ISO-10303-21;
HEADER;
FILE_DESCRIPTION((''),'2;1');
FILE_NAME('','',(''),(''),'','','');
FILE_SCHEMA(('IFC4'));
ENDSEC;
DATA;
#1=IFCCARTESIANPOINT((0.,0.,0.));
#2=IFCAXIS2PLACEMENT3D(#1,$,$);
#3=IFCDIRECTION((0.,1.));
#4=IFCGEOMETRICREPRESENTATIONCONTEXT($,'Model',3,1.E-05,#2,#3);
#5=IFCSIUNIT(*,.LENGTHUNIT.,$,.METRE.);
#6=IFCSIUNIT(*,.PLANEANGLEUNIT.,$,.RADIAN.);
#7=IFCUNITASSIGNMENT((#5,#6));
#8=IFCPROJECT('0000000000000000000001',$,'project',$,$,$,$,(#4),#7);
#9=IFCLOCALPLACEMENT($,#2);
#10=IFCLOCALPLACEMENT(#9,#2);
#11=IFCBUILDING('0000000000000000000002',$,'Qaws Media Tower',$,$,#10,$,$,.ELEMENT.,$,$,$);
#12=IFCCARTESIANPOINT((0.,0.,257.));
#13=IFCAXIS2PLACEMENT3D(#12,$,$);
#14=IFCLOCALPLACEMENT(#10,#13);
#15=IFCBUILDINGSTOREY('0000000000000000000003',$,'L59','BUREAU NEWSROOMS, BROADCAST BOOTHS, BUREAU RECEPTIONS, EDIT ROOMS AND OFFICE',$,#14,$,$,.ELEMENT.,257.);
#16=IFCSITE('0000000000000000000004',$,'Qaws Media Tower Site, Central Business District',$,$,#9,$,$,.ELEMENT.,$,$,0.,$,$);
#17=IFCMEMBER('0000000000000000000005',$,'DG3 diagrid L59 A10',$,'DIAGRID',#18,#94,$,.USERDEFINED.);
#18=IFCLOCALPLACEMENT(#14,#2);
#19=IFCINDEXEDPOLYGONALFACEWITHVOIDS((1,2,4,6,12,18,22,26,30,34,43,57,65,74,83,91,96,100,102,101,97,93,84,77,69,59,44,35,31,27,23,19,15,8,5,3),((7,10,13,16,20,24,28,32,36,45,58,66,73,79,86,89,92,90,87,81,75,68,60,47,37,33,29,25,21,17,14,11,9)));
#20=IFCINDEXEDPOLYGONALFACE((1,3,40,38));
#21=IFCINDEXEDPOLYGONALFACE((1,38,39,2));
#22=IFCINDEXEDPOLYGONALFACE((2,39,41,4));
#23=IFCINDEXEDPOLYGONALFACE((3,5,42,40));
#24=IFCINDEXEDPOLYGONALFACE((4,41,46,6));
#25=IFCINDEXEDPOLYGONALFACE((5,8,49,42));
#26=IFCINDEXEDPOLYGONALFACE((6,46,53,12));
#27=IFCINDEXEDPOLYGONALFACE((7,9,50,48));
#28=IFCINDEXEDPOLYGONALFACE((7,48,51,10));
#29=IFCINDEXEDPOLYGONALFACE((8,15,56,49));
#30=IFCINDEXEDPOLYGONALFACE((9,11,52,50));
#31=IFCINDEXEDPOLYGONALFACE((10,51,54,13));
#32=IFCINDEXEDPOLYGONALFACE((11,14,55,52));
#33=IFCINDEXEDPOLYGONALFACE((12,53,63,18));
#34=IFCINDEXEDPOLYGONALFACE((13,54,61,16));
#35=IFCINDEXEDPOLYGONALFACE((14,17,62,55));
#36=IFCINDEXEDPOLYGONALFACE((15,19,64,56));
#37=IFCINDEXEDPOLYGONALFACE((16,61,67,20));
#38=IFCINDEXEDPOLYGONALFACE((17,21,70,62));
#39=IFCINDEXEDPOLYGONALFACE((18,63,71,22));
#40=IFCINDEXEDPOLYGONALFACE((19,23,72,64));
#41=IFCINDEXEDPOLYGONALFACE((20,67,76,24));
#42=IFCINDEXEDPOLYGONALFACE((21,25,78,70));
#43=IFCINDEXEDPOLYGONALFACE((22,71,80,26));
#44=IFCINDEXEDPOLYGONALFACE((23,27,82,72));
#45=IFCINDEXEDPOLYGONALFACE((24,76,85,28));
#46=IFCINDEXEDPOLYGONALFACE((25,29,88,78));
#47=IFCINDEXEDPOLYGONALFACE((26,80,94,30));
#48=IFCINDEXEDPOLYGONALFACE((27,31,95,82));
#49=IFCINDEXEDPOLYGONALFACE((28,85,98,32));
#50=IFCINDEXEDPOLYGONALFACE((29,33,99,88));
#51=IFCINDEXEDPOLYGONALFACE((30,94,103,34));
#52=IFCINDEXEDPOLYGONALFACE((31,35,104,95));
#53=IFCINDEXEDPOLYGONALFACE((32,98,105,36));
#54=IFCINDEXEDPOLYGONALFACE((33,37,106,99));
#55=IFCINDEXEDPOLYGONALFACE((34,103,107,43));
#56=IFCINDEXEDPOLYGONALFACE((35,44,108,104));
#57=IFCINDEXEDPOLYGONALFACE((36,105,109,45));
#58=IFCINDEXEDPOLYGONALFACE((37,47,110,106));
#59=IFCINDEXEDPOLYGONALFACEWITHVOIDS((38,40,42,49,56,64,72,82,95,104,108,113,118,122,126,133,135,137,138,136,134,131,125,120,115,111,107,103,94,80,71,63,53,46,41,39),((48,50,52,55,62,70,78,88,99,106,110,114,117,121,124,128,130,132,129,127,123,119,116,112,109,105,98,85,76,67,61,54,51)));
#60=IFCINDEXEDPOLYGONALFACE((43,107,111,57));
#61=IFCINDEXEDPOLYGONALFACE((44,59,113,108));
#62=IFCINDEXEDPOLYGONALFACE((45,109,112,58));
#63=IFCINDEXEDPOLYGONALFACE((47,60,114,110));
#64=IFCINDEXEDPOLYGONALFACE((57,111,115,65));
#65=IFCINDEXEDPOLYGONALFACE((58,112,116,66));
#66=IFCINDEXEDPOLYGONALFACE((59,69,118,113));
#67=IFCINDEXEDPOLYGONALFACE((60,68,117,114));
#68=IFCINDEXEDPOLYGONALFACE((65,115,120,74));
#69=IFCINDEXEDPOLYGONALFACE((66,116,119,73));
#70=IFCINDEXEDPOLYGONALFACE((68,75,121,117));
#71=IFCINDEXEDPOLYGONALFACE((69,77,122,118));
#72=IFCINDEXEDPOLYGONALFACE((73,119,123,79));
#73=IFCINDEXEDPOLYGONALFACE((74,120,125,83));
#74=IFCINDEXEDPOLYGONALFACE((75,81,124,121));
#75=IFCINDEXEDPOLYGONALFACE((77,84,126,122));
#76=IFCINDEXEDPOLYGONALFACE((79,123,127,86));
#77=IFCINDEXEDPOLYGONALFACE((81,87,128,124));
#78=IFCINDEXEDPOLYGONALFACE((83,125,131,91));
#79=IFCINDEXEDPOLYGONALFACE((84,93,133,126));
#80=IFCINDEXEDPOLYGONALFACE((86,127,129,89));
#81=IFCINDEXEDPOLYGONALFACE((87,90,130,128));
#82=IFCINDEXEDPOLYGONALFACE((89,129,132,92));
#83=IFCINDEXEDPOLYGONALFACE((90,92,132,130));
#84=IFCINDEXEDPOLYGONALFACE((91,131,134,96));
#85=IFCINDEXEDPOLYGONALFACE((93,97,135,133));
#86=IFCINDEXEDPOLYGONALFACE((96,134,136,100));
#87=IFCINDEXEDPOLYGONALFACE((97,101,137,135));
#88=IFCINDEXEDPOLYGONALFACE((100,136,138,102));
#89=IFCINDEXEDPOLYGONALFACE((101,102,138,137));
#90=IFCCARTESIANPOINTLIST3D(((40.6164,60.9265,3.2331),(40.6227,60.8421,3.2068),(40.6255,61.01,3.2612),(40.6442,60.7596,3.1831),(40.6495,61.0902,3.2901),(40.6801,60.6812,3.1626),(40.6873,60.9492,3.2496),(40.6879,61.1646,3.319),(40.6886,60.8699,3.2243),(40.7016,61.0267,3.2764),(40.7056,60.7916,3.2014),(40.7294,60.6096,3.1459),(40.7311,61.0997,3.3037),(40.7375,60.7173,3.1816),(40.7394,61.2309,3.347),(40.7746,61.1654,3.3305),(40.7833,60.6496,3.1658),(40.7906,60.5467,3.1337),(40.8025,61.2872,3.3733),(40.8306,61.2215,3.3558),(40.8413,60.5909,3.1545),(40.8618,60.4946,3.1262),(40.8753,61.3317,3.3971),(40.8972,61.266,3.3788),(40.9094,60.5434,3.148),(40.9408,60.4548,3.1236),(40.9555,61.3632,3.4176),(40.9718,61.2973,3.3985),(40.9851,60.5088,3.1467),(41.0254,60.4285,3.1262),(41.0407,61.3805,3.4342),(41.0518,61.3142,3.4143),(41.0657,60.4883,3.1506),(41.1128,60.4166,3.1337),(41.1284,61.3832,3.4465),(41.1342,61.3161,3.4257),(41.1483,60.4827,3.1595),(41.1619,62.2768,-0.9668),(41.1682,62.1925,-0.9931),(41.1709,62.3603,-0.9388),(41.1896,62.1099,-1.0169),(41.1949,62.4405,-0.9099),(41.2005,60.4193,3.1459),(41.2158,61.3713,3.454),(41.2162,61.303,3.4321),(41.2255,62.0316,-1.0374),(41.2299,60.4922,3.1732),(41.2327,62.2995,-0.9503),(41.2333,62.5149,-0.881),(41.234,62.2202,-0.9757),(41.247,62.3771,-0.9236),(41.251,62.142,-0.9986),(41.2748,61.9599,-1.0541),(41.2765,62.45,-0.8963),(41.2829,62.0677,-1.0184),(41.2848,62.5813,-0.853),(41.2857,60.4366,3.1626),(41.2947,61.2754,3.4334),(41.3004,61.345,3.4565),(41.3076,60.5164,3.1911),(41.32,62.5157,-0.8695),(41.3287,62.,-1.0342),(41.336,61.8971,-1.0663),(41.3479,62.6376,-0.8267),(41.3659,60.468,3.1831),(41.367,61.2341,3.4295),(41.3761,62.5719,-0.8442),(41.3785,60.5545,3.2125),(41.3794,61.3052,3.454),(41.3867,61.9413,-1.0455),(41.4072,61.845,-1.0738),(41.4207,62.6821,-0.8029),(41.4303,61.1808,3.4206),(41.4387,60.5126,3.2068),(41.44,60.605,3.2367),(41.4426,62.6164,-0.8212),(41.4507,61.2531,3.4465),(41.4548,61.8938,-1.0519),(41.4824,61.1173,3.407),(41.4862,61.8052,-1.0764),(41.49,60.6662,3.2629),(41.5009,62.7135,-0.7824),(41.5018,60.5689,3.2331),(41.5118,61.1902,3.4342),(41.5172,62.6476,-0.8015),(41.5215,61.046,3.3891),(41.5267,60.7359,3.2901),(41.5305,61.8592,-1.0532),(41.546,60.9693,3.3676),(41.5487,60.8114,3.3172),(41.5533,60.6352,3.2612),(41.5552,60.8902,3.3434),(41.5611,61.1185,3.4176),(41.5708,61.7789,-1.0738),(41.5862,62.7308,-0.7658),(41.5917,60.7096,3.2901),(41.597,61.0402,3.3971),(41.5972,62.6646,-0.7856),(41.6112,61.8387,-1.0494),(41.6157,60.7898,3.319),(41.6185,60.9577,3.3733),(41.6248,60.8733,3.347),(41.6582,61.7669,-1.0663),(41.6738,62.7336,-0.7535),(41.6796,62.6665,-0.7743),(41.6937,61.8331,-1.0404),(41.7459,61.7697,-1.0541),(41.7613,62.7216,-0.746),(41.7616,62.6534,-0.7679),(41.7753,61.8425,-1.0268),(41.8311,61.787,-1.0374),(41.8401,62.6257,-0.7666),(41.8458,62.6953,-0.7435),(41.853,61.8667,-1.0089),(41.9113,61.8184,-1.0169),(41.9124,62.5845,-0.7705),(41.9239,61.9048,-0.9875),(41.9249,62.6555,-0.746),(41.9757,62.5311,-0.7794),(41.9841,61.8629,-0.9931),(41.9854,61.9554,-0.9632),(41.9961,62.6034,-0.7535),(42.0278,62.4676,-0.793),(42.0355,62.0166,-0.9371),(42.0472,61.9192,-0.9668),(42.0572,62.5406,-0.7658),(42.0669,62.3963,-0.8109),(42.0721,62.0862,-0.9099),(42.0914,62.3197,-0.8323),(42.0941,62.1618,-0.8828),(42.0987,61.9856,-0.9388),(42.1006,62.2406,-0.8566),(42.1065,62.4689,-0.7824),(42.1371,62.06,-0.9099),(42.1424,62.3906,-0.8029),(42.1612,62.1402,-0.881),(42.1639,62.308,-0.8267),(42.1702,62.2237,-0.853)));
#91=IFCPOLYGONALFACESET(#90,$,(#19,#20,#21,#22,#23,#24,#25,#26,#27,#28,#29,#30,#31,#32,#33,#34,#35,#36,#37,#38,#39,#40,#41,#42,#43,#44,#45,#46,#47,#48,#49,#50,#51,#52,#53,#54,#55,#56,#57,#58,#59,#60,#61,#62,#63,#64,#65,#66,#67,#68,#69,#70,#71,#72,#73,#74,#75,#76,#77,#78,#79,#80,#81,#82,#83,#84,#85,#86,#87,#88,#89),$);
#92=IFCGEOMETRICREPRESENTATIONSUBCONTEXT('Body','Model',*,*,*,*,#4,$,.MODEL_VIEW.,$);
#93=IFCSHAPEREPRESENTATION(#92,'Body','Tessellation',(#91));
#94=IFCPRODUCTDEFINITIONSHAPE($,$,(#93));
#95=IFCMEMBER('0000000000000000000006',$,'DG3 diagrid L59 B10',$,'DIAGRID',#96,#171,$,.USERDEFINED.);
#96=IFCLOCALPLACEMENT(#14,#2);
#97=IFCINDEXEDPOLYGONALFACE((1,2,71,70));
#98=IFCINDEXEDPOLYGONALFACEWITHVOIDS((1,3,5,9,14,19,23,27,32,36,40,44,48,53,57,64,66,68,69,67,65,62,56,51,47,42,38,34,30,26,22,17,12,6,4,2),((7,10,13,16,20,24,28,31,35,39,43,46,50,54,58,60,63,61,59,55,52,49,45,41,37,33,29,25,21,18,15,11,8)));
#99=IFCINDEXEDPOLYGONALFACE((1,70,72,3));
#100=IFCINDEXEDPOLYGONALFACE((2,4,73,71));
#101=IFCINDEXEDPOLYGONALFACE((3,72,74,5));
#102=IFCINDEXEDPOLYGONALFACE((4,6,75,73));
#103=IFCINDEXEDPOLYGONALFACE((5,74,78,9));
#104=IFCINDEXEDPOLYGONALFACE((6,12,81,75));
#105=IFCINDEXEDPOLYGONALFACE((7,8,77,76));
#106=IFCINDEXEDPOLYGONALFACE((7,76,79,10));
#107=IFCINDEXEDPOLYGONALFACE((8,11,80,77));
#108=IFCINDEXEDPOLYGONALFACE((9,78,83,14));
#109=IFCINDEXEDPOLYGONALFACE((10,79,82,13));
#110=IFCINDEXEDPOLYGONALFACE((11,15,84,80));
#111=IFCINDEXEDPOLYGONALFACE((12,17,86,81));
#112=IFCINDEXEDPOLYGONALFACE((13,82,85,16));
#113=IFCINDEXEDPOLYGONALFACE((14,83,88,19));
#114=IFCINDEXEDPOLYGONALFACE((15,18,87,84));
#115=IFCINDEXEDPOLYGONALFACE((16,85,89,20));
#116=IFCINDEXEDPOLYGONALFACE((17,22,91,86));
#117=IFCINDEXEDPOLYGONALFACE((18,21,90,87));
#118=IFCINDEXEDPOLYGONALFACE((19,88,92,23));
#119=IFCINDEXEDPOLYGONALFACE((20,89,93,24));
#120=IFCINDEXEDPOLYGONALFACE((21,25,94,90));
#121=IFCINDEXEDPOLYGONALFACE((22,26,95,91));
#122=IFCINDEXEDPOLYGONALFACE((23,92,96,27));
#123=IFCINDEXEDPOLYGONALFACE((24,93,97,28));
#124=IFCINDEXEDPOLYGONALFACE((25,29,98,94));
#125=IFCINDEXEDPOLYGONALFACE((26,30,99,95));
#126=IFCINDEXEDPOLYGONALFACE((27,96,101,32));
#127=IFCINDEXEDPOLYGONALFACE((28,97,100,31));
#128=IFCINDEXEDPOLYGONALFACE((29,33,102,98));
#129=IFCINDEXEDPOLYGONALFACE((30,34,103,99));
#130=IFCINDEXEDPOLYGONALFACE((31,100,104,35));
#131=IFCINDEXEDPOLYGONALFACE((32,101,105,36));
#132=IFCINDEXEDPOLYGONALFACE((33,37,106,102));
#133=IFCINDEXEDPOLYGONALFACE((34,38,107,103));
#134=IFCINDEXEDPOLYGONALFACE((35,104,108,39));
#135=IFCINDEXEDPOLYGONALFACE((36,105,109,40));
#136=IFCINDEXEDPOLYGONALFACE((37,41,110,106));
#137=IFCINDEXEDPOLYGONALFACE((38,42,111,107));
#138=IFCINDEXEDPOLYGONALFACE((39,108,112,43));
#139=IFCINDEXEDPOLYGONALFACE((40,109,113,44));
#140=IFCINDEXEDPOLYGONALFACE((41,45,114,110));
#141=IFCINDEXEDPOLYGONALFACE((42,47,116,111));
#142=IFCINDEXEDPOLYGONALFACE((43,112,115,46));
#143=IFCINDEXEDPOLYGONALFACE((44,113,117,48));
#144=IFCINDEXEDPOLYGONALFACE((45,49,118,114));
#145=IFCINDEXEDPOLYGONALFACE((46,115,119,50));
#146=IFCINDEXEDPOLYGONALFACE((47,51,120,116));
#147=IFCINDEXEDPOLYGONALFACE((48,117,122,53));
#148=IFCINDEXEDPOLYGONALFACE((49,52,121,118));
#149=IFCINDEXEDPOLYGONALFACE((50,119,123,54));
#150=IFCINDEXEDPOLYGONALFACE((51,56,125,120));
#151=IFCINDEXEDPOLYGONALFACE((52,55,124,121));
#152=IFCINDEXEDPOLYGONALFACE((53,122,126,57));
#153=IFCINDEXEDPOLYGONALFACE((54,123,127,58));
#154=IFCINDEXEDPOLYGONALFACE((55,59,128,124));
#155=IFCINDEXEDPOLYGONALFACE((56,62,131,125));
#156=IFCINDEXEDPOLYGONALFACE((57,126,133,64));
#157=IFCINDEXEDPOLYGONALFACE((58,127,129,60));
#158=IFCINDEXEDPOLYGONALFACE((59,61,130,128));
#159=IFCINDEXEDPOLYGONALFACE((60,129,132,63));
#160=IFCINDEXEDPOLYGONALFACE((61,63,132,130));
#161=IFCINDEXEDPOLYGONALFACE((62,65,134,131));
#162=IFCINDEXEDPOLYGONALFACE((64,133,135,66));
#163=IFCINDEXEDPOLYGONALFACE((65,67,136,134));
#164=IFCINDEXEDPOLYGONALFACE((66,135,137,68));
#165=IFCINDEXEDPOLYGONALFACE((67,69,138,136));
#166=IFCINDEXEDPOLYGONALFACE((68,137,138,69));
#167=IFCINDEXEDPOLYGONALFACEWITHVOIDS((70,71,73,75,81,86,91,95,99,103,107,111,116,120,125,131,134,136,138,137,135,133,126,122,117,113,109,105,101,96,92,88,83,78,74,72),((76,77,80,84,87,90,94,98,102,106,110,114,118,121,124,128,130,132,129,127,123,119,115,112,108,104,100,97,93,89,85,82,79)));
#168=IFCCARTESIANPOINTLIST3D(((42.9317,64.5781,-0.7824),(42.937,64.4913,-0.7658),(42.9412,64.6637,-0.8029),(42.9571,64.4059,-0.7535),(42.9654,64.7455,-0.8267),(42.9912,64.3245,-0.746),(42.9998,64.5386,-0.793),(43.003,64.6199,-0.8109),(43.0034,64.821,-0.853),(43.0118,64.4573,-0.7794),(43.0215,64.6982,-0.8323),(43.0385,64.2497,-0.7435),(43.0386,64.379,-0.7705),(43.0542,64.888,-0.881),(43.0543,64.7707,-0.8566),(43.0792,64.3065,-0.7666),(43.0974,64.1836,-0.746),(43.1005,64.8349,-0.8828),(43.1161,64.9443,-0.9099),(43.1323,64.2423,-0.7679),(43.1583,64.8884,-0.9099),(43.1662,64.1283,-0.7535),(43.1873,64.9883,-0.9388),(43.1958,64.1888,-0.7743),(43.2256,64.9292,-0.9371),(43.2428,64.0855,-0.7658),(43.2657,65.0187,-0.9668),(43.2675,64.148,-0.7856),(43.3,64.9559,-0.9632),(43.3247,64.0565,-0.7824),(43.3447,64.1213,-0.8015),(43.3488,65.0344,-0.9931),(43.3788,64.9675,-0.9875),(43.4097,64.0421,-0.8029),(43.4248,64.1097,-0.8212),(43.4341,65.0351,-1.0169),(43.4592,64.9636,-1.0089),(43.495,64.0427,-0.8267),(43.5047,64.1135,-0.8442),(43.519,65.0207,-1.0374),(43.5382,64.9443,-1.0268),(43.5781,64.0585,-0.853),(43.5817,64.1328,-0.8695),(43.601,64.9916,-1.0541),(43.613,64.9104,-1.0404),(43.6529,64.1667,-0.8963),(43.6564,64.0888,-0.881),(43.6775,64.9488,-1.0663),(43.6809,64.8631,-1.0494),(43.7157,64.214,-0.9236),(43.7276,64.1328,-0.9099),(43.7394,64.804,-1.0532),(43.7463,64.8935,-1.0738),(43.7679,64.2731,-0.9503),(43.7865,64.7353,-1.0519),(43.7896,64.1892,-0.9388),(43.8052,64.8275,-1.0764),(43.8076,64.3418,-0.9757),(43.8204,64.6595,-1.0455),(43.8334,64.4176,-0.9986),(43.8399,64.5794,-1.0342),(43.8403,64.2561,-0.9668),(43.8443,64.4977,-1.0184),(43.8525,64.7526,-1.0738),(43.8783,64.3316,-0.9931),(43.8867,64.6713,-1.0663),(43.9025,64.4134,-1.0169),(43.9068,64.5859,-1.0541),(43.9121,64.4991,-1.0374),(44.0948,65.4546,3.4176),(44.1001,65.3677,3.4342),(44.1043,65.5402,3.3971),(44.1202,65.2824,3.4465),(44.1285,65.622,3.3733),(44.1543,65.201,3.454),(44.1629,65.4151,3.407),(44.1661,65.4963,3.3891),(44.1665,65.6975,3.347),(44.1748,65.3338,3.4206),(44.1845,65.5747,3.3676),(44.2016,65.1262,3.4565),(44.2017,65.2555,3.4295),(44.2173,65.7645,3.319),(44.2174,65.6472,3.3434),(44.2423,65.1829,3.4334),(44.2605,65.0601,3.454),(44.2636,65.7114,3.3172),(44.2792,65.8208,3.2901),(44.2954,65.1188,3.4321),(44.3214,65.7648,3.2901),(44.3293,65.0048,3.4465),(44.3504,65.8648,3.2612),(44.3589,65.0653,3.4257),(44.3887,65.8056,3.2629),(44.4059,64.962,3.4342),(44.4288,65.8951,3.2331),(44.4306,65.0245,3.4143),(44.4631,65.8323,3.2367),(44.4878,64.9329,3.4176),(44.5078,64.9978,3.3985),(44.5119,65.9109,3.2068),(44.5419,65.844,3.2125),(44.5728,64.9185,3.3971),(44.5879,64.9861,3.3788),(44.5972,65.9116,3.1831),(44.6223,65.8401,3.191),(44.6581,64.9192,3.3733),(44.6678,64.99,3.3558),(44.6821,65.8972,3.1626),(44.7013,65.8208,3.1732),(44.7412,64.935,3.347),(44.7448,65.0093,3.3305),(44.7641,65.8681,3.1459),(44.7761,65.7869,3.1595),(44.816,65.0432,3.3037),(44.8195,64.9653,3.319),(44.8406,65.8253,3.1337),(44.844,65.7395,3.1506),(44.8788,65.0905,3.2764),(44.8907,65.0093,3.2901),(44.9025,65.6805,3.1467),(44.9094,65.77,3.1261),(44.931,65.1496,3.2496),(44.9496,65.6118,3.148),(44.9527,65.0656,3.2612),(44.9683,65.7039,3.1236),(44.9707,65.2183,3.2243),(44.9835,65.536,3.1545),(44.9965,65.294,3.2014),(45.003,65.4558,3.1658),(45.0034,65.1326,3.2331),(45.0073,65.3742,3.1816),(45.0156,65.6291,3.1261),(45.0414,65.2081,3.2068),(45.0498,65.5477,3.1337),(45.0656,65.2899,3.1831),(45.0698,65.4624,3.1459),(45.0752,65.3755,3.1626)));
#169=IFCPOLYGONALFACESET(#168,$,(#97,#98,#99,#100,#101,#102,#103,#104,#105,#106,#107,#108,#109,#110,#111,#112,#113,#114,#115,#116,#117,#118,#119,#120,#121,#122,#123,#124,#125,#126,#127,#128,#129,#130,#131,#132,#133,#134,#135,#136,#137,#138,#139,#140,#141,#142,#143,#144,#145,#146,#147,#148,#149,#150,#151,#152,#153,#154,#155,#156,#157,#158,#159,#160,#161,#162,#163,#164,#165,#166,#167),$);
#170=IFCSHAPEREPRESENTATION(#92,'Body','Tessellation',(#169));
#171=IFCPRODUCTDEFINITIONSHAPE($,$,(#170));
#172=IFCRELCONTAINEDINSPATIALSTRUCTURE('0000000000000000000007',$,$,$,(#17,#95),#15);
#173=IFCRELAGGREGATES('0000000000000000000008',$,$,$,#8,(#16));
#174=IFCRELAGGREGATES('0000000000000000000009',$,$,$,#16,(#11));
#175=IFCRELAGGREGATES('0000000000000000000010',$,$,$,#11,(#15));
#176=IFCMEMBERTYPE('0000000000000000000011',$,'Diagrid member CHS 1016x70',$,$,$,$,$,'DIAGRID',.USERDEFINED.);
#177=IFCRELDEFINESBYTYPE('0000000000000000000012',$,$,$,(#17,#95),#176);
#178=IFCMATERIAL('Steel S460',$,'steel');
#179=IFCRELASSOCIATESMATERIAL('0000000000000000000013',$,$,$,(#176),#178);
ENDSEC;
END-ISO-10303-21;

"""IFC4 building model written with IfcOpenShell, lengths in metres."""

from ifc_helpers import new_model, si_unit, direction, frame, origin, origin_2d, place, context, subcontext, project, spatial, hollow_circle, extrude, material, material_profile, profile_set, type_object, element, save


model = new_model("IFC4")

# Units and contexts
model_context = context("Model", 3, precision=1e-05, world=origin(), true_north=direction((0.0, 1.0)))
body_context = subcontext(model_context, "Body", "Model", "MODEL_VIEW")
ifc_project = project(units=[si_unit("LENGTHUNIT", "METRE"), si_unit("PLANEANGLEUNIT", "RADIAN")], contexts=[model_context])

# Site, building, storey
site_placement = place(None, origin())
site = spatial("IfcSite", under=ifc_project, at=site_placement, Name="Qaws Media Tower Site, Central Business District", CompositionType="ELEMENT", RefElevation=0.0)
building_placement = place(site_placement, origin())
building = spatial("IfcBuilding", under=site, at=building_placement, Name="Qaws Media Tower", CompositionType="ELEMENT")
storey_placement = place(building_placement, frame((0.0, 0.0, 257.0)))
storey = spatial("IfcBuildingStorey", under=building, at=storey_placement, Name="L59", Description="BUREAU NEWSROOMS, BROADCAST BOOTHS, BUREAU RECEPTIONS, EDIT ROOMS AND OFFICE", CompositionType="ELEMENT", Elevation=257.0)

# Members
ifc_material_1 = material(Name="Steel S460", Category="steel")
ifc_material_profile_1 = material_profile(ifc_material_1, hollow_circle(Radius=0.5081, WallThickness=0.0701, at=origin_2d()), Name="CHS 1016x70")
ifc_profile_set_1 = profile_set([ifc_material_profile_1], Name="Steel S460")
member_type_1 = type_object("IfcMemberType", Name="Diagrid member CHS 1016x70", ElementType="DIAGRID", PredefinedType="USERDEFINED", material=ifc_profile_set_1)
for number, where, z_axis, x_axis, name in (
    (1, (41.666, 62.2502, -0.9099), (-0.122694, -0.30377, 0.944812), (0.927223, -0.37451, 0.0), "DG3 diagrid L59 A10"),
    (2, (43.4219, 64.5386, -0.9099), (0.261645, 0.197167, 0.944811), (-0.601822, 0.79863, 0.0), "DG3 diagrid L59 B10"),
):
    element("IfcMember", number, at=place(storey_placement, frame(where, z_axis=z_axis, x_axis=x_axis)), inside=storey, type_object=member_type_1, Name=name, ObjectType="DIAGRID", PredefinedType="USERDEFINED", context=body_context, shape_type="SweptSolid", body=[
        extrude(hollow_circle(Radius=0.5081, WallThickness=0.0701, at=origin_2d()), origin(), (0.0, 0.0, 1.0), 4.4453),
    ])

save(model, "model.ifc")
